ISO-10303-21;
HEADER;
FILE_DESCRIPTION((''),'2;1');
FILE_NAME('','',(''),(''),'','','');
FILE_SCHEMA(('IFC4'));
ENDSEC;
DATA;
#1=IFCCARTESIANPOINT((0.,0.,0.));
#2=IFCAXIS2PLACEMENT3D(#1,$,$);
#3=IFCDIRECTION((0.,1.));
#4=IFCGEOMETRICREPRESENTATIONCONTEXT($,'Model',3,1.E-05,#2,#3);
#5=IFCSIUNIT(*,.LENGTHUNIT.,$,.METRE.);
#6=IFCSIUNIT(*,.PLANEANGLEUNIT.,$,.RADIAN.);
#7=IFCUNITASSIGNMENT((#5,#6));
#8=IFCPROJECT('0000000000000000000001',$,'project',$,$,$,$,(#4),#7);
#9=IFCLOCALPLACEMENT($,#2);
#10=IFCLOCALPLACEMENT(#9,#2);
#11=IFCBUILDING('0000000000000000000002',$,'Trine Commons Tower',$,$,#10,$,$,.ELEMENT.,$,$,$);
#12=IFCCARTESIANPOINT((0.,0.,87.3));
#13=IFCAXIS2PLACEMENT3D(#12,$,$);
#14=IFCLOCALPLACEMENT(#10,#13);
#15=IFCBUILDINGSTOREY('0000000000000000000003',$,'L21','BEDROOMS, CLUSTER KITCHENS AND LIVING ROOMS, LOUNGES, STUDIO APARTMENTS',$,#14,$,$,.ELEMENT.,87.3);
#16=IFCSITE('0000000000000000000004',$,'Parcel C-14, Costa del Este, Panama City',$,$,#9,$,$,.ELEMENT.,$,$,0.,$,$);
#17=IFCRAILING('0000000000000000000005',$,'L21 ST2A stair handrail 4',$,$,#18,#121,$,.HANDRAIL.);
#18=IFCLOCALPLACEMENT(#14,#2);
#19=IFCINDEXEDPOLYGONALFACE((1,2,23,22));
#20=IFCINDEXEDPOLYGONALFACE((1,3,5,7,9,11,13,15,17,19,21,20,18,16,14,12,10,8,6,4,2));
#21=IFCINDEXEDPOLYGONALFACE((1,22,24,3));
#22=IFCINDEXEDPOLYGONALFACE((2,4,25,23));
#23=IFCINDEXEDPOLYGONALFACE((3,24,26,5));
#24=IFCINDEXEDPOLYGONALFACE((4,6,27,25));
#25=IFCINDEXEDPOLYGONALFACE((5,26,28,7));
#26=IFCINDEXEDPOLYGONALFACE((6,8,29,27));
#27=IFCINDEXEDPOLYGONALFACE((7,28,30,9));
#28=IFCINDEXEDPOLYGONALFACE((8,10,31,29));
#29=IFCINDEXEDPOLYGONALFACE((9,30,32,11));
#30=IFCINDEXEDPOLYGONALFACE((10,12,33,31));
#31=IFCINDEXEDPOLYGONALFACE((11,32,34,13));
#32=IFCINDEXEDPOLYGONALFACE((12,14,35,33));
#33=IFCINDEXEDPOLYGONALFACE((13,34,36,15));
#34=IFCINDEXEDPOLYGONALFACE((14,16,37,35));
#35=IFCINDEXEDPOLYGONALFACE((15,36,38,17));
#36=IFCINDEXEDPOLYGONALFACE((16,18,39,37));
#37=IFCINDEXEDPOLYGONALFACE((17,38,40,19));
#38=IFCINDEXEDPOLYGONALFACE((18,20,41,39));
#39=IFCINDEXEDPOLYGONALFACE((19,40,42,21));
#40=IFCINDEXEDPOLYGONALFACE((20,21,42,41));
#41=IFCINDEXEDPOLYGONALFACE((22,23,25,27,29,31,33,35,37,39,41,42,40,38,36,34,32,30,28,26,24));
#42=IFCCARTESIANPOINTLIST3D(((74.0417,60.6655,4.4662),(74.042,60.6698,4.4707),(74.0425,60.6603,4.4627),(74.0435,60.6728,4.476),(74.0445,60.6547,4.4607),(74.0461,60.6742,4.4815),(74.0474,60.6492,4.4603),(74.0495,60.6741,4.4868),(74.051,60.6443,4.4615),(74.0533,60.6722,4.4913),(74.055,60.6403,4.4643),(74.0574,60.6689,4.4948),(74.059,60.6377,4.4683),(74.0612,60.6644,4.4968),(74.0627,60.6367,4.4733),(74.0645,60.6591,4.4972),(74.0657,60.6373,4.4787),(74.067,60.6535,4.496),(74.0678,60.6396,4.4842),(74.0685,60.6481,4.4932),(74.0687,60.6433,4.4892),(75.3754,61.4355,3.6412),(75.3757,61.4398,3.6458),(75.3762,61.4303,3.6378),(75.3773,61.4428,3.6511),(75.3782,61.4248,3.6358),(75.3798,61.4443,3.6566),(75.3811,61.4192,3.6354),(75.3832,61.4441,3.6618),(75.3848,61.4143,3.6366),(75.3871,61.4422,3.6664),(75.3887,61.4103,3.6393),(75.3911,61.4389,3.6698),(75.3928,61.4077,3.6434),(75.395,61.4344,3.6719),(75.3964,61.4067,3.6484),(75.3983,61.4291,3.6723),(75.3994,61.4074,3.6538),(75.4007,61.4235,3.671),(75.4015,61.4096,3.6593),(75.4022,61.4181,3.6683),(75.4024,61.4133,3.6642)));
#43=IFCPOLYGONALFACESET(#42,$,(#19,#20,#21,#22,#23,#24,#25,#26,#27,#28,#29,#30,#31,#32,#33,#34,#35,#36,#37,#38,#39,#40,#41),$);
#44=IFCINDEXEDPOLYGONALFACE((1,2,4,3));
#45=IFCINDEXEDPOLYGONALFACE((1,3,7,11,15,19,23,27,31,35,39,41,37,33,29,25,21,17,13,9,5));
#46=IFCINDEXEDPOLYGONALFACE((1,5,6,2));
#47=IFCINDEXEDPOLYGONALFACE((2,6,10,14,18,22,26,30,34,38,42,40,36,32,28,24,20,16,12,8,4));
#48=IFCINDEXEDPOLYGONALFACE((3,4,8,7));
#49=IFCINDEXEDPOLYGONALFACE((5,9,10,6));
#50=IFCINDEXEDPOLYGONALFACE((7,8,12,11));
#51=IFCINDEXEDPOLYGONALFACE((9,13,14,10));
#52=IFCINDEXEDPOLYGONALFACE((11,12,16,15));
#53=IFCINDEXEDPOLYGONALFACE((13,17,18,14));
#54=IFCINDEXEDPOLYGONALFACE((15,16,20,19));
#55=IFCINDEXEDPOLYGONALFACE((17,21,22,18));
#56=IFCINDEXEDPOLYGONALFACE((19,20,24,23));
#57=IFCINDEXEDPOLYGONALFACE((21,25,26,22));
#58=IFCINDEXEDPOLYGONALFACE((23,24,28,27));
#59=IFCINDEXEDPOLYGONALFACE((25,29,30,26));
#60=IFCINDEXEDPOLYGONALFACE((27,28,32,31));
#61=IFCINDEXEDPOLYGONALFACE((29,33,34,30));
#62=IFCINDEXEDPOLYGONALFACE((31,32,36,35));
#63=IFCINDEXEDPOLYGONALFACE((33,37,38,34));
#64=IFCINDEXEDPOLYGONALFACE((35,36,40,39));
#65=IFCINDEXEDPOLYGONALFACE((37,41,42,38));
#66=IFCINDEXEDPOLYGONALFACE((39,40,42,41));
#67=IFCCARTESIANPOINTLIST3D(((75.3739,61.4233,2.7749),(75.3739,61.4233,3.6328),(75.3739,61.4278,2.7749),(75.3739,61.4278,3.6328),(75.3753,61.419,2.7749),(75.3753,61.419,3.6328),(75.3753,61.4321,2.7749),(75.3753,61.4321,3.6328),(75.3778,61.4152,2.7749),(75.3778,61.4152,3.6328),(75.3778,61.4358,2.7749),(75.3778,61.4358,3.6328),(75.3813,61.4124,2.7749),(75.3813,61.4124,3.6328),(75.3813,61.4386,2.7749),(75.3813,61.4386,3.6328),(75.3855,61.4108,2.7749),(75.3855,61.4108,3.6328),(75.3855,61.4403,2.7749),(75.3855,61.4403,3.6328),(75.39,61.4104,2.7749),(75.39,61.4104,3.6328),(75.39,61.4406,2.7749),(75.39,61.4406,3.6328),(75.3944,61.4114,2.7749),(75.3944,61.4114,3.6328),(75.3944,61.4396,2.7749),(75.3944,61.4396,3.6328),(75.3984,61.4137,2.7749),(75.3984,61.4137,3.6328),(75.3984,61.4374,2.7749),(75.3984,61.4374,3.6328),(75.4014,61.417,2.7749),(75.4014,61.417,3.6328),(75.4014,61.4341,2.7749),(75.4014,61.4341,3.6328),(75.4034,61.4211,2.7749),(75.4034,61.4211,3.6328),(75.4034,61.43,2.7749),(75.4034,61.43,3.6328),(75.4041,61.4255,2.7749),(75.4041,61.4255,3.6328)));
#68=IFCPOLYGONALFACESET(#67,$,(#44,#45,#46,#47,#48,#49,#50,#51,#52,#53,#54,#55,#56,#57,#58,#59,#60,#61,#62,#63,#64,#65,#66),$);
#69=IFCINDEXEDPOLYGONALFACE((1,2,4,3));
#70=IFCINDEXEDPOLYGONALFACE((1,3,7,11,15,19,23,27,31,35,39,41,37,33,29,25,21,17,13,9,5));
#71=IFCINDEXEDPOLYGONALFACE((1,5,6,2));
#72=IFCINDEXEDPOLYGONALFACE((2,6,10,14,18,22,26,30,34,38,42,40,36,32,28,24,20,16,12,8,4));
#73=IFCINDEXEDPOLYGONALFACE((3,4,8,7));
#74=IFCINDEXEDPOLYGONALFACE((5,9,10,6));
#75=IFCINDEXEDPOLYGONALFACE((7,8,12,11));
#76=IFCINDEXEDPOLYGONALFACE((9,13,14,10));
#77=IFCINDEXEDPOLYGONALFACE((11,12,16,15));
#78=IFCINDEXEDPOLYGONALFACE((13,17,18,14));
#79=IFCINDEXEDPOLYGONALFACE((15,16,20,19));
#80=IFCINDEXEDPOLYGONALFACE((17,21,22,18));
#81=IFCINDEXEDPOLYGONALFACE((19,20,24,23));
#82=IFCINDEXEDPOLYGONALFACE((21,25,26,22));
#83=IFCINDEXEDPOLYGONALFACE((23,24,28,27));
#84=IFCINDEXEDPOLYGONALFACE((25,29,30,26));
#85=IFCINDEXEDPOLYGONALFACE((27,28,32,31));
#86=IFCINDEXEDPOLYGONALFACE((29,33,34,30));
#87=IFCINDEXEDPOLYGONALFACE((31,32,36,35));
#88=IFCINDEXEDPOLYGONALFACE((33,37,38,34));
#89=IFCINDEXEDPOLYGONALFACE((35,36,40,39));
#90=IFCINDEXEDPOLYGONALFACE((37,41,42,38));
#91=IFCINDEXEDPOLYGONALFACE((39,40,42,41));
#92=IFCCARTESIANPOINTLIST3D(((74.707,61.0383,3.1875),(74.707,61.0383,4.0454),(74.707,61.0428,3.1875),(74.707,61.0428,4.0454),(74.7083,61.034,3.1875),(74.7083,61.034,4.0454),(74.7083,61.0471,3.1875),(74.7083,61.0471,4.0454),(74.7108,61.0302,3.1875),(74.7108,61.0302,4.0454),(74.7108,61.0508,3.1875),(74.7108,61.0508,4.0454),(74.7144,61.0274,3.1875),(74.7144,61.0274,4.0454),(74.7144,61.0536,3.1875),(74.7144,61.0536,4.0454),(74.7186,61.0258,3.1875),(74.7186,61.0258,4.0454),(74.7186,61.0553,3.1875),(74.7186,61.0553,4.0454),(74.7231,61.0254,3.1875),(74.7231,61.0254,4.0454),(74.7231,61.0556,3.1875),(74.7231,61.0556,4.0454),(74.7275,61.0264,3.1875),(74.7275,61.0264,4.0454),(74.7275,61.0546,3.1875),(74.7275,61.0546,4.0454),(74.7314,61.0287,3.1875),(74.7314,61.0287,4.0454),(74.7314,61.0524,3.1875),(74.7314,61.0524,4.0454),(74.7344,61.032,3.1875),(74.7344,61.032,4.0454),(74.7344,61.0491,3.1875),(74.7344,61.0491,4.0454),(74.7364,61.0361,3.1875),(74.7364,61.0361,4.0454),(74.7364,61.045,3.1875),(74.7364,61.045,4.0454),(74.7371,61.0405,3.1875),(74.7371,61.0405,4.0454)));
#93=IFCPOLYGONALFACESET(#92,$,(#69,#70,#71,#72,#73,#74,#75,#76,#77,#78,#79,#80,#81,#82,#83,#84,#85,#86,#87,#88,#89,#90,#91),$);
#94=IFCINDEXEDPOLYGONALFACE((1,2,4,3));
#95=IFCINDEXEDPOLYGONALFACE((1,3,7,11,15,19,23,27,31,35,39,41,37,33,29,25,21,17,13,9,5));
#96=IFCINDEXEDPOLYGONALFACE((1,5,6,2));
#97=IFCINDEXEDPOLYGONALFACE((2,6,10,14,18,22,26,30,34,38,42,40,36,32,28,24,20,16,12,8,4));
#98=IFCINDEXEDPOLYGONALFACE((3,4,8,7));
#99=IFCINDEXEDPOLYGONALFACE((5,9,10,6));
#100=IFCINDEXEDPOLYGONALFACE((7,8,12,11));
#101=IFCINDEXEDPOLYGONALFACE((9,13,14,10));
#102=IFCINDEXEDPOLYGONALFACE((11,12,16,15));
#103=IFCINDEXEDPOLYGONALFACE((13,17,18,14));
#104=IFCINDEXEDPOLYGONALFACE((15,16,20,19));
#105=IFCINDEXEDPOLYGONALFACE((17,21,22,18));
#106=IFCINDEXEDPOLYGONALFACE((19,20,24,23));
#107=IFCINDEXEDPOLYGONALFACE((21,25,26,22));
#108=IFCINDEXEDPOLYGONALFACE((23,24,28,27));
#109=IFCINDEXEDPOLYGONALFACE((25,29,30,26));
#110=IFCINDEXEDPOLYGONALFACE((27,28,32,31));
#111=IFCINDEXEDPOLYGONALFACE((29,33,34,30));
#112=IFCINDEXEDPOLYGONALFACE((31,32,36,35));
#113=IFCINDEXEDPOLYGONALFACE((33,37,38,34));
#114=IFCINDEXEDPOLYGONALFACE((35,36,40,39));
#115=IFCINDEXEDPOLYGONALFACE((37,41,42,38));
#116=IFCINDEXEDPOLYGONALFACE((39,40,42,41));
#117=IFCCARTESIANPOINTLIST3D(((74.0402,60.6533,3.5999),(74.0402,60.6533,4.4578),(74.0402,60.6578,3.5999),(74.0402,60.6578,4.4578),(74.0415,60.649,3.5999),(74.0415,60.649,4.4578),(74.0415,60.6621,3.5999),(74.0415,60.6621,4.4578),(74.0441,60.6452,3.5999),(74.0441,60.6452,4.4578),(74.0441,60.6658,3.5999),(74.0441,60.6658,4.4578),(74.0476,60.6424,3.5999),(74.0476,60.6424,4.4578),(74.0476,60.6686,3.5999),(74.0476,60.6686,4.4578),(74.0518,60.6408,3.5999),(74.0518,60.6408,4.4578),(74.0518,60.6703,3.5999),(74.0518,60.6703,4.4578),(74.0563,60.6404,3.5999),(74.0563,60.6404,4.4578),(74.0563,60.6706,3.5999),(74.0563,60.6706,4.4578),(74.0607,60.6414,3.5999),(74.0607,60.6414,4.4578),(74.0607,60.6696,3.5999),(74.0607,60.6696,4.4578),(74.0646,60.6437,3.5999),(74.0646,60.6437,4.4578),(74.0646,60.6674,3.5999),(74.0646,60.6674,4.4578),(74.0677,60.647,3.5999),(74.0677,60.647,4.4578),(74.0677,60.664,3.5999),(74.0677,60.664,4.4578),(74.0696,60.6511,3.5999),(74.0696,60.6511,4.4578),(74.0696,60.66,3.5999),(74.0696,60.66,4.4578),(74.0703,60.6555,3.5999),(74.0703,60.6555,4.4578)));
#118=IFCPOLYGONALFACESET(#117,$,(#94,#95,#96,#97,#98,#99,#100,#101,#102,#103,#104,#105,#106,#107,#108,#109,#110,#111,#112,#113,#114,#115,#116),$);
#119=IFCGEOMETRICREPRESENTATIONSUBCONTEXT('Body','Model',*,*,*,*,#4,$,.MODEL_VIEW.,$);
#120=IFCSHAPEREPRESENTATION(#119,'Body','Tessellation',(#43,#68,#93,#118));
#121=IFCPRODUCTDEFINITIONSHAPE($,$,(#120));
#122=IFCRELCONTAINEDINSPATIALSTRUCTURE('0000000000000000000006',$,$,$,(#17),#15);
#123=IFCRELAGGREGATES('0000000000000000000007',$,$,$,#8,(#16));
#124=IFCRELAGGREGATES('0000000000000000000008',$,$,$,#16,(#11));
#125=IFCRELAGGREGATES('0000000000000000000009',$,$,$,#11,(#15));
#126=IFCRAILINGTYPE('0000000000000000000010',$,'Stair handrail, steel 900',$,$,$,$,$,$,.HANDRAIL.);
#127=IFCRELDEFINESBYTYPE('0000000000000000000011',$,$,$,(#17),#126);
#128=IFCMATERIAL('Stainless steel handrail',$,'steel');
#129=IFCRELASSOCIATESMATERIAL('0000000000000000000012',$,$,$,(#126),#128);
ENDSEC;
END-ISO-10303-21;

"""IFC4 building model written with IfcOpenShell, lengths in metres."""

from ifc_helpers import new_model, si_unit, direction, frame, origin, origin_2d, place, context, subcontext, project, spatial, circle, extrude, material, type_object, element, save


model = new_model("IFC4")

# Units and contexts
model_context = context("Model", 3, precision=1e-05, world=origin(), true_north=direction((0.0, 1.0)))
body_context = subcontext(model_context, "Body", "Model", "MODEL_VIEW")
ifc_project = project(units=[si_unit("LENGTHUNIT", "METRE"), si_unit("PLANEANGLEUNIT", "RADIAN")], contexts=[model_context])

# Site, building, storey
site_placement = place(None, origin())
site = spatial("IfcSite", under=ifc_project, at=site_placement, Name="Parcel C-14, Costa del Este, Panama City", CompositionType="ELEMENT", RefElevation=0.0)
building_placement = place(site_placement, origin())
building = spatial("IfcBuilding", under=site, at=building_placement, Name="Trine Commons Tower", CompositionType="ELEMENT")
storey_placement = place(building_placement, frame((0.0, 0.0, 87.3)))
storey = spatial("IfcBuildingStorey", under=building, at=storey_placement, Name="L21", Description="BEDROOMS, CLUSTER KITCHENS AND LIVING ROOMS, LOUNGES, STUDIO APARTMENTS", CompositionType="ELEMENT", Elevation=87.3)

# Railing
ifc_material_1 = material(Name="Stainless steel handrail", Category="steel")
railing_type_1 = type_object("IfcRailingType", Name="Stair handrail, steel 900", PredefinedType="HANDRAIL", material=ifc_material_1)
railing_1_placement = place(storey_placement, frame((75.3889, 61.4255, 2.7749)))
element("IfcRailing", 1, at=railing_1_placement, inside=storey, type_object=railing_type_1, Name="L21 ST2A stair handrail 4", PredefinedType="HANDRAIL", context=body_context, shape_type="SweptSolid", body=[
    extrude(circle(Radius=0.021, at=origin_2d()), frame((0.0, 0.0, 0.8789), z_axis=(-0.763405, -0.440743, 0.472185), x_axis=(0.499992, -0.86603, 0.0)), (0.0, 0.0, 1.0), 1.7471),
    extrude(circle(Radius=0.0151, at=origin_2d()), origin(), (0.0, 0.0, 1.0), 0.8579),
    extrude(circle(Radius=0.0151, at=origin_2d()), frame((-0.667, -0.385, 0.4126)), (0.0, 0.0, 1.0), 0.8579),
    extrude(circle(Radius=0.0151, at=origin_2d()), frame((-1.3337, -0.77, 0.825)), (0.0, 0.0, 1.0), 0.8579),
])

save(model, "model.ifc")
